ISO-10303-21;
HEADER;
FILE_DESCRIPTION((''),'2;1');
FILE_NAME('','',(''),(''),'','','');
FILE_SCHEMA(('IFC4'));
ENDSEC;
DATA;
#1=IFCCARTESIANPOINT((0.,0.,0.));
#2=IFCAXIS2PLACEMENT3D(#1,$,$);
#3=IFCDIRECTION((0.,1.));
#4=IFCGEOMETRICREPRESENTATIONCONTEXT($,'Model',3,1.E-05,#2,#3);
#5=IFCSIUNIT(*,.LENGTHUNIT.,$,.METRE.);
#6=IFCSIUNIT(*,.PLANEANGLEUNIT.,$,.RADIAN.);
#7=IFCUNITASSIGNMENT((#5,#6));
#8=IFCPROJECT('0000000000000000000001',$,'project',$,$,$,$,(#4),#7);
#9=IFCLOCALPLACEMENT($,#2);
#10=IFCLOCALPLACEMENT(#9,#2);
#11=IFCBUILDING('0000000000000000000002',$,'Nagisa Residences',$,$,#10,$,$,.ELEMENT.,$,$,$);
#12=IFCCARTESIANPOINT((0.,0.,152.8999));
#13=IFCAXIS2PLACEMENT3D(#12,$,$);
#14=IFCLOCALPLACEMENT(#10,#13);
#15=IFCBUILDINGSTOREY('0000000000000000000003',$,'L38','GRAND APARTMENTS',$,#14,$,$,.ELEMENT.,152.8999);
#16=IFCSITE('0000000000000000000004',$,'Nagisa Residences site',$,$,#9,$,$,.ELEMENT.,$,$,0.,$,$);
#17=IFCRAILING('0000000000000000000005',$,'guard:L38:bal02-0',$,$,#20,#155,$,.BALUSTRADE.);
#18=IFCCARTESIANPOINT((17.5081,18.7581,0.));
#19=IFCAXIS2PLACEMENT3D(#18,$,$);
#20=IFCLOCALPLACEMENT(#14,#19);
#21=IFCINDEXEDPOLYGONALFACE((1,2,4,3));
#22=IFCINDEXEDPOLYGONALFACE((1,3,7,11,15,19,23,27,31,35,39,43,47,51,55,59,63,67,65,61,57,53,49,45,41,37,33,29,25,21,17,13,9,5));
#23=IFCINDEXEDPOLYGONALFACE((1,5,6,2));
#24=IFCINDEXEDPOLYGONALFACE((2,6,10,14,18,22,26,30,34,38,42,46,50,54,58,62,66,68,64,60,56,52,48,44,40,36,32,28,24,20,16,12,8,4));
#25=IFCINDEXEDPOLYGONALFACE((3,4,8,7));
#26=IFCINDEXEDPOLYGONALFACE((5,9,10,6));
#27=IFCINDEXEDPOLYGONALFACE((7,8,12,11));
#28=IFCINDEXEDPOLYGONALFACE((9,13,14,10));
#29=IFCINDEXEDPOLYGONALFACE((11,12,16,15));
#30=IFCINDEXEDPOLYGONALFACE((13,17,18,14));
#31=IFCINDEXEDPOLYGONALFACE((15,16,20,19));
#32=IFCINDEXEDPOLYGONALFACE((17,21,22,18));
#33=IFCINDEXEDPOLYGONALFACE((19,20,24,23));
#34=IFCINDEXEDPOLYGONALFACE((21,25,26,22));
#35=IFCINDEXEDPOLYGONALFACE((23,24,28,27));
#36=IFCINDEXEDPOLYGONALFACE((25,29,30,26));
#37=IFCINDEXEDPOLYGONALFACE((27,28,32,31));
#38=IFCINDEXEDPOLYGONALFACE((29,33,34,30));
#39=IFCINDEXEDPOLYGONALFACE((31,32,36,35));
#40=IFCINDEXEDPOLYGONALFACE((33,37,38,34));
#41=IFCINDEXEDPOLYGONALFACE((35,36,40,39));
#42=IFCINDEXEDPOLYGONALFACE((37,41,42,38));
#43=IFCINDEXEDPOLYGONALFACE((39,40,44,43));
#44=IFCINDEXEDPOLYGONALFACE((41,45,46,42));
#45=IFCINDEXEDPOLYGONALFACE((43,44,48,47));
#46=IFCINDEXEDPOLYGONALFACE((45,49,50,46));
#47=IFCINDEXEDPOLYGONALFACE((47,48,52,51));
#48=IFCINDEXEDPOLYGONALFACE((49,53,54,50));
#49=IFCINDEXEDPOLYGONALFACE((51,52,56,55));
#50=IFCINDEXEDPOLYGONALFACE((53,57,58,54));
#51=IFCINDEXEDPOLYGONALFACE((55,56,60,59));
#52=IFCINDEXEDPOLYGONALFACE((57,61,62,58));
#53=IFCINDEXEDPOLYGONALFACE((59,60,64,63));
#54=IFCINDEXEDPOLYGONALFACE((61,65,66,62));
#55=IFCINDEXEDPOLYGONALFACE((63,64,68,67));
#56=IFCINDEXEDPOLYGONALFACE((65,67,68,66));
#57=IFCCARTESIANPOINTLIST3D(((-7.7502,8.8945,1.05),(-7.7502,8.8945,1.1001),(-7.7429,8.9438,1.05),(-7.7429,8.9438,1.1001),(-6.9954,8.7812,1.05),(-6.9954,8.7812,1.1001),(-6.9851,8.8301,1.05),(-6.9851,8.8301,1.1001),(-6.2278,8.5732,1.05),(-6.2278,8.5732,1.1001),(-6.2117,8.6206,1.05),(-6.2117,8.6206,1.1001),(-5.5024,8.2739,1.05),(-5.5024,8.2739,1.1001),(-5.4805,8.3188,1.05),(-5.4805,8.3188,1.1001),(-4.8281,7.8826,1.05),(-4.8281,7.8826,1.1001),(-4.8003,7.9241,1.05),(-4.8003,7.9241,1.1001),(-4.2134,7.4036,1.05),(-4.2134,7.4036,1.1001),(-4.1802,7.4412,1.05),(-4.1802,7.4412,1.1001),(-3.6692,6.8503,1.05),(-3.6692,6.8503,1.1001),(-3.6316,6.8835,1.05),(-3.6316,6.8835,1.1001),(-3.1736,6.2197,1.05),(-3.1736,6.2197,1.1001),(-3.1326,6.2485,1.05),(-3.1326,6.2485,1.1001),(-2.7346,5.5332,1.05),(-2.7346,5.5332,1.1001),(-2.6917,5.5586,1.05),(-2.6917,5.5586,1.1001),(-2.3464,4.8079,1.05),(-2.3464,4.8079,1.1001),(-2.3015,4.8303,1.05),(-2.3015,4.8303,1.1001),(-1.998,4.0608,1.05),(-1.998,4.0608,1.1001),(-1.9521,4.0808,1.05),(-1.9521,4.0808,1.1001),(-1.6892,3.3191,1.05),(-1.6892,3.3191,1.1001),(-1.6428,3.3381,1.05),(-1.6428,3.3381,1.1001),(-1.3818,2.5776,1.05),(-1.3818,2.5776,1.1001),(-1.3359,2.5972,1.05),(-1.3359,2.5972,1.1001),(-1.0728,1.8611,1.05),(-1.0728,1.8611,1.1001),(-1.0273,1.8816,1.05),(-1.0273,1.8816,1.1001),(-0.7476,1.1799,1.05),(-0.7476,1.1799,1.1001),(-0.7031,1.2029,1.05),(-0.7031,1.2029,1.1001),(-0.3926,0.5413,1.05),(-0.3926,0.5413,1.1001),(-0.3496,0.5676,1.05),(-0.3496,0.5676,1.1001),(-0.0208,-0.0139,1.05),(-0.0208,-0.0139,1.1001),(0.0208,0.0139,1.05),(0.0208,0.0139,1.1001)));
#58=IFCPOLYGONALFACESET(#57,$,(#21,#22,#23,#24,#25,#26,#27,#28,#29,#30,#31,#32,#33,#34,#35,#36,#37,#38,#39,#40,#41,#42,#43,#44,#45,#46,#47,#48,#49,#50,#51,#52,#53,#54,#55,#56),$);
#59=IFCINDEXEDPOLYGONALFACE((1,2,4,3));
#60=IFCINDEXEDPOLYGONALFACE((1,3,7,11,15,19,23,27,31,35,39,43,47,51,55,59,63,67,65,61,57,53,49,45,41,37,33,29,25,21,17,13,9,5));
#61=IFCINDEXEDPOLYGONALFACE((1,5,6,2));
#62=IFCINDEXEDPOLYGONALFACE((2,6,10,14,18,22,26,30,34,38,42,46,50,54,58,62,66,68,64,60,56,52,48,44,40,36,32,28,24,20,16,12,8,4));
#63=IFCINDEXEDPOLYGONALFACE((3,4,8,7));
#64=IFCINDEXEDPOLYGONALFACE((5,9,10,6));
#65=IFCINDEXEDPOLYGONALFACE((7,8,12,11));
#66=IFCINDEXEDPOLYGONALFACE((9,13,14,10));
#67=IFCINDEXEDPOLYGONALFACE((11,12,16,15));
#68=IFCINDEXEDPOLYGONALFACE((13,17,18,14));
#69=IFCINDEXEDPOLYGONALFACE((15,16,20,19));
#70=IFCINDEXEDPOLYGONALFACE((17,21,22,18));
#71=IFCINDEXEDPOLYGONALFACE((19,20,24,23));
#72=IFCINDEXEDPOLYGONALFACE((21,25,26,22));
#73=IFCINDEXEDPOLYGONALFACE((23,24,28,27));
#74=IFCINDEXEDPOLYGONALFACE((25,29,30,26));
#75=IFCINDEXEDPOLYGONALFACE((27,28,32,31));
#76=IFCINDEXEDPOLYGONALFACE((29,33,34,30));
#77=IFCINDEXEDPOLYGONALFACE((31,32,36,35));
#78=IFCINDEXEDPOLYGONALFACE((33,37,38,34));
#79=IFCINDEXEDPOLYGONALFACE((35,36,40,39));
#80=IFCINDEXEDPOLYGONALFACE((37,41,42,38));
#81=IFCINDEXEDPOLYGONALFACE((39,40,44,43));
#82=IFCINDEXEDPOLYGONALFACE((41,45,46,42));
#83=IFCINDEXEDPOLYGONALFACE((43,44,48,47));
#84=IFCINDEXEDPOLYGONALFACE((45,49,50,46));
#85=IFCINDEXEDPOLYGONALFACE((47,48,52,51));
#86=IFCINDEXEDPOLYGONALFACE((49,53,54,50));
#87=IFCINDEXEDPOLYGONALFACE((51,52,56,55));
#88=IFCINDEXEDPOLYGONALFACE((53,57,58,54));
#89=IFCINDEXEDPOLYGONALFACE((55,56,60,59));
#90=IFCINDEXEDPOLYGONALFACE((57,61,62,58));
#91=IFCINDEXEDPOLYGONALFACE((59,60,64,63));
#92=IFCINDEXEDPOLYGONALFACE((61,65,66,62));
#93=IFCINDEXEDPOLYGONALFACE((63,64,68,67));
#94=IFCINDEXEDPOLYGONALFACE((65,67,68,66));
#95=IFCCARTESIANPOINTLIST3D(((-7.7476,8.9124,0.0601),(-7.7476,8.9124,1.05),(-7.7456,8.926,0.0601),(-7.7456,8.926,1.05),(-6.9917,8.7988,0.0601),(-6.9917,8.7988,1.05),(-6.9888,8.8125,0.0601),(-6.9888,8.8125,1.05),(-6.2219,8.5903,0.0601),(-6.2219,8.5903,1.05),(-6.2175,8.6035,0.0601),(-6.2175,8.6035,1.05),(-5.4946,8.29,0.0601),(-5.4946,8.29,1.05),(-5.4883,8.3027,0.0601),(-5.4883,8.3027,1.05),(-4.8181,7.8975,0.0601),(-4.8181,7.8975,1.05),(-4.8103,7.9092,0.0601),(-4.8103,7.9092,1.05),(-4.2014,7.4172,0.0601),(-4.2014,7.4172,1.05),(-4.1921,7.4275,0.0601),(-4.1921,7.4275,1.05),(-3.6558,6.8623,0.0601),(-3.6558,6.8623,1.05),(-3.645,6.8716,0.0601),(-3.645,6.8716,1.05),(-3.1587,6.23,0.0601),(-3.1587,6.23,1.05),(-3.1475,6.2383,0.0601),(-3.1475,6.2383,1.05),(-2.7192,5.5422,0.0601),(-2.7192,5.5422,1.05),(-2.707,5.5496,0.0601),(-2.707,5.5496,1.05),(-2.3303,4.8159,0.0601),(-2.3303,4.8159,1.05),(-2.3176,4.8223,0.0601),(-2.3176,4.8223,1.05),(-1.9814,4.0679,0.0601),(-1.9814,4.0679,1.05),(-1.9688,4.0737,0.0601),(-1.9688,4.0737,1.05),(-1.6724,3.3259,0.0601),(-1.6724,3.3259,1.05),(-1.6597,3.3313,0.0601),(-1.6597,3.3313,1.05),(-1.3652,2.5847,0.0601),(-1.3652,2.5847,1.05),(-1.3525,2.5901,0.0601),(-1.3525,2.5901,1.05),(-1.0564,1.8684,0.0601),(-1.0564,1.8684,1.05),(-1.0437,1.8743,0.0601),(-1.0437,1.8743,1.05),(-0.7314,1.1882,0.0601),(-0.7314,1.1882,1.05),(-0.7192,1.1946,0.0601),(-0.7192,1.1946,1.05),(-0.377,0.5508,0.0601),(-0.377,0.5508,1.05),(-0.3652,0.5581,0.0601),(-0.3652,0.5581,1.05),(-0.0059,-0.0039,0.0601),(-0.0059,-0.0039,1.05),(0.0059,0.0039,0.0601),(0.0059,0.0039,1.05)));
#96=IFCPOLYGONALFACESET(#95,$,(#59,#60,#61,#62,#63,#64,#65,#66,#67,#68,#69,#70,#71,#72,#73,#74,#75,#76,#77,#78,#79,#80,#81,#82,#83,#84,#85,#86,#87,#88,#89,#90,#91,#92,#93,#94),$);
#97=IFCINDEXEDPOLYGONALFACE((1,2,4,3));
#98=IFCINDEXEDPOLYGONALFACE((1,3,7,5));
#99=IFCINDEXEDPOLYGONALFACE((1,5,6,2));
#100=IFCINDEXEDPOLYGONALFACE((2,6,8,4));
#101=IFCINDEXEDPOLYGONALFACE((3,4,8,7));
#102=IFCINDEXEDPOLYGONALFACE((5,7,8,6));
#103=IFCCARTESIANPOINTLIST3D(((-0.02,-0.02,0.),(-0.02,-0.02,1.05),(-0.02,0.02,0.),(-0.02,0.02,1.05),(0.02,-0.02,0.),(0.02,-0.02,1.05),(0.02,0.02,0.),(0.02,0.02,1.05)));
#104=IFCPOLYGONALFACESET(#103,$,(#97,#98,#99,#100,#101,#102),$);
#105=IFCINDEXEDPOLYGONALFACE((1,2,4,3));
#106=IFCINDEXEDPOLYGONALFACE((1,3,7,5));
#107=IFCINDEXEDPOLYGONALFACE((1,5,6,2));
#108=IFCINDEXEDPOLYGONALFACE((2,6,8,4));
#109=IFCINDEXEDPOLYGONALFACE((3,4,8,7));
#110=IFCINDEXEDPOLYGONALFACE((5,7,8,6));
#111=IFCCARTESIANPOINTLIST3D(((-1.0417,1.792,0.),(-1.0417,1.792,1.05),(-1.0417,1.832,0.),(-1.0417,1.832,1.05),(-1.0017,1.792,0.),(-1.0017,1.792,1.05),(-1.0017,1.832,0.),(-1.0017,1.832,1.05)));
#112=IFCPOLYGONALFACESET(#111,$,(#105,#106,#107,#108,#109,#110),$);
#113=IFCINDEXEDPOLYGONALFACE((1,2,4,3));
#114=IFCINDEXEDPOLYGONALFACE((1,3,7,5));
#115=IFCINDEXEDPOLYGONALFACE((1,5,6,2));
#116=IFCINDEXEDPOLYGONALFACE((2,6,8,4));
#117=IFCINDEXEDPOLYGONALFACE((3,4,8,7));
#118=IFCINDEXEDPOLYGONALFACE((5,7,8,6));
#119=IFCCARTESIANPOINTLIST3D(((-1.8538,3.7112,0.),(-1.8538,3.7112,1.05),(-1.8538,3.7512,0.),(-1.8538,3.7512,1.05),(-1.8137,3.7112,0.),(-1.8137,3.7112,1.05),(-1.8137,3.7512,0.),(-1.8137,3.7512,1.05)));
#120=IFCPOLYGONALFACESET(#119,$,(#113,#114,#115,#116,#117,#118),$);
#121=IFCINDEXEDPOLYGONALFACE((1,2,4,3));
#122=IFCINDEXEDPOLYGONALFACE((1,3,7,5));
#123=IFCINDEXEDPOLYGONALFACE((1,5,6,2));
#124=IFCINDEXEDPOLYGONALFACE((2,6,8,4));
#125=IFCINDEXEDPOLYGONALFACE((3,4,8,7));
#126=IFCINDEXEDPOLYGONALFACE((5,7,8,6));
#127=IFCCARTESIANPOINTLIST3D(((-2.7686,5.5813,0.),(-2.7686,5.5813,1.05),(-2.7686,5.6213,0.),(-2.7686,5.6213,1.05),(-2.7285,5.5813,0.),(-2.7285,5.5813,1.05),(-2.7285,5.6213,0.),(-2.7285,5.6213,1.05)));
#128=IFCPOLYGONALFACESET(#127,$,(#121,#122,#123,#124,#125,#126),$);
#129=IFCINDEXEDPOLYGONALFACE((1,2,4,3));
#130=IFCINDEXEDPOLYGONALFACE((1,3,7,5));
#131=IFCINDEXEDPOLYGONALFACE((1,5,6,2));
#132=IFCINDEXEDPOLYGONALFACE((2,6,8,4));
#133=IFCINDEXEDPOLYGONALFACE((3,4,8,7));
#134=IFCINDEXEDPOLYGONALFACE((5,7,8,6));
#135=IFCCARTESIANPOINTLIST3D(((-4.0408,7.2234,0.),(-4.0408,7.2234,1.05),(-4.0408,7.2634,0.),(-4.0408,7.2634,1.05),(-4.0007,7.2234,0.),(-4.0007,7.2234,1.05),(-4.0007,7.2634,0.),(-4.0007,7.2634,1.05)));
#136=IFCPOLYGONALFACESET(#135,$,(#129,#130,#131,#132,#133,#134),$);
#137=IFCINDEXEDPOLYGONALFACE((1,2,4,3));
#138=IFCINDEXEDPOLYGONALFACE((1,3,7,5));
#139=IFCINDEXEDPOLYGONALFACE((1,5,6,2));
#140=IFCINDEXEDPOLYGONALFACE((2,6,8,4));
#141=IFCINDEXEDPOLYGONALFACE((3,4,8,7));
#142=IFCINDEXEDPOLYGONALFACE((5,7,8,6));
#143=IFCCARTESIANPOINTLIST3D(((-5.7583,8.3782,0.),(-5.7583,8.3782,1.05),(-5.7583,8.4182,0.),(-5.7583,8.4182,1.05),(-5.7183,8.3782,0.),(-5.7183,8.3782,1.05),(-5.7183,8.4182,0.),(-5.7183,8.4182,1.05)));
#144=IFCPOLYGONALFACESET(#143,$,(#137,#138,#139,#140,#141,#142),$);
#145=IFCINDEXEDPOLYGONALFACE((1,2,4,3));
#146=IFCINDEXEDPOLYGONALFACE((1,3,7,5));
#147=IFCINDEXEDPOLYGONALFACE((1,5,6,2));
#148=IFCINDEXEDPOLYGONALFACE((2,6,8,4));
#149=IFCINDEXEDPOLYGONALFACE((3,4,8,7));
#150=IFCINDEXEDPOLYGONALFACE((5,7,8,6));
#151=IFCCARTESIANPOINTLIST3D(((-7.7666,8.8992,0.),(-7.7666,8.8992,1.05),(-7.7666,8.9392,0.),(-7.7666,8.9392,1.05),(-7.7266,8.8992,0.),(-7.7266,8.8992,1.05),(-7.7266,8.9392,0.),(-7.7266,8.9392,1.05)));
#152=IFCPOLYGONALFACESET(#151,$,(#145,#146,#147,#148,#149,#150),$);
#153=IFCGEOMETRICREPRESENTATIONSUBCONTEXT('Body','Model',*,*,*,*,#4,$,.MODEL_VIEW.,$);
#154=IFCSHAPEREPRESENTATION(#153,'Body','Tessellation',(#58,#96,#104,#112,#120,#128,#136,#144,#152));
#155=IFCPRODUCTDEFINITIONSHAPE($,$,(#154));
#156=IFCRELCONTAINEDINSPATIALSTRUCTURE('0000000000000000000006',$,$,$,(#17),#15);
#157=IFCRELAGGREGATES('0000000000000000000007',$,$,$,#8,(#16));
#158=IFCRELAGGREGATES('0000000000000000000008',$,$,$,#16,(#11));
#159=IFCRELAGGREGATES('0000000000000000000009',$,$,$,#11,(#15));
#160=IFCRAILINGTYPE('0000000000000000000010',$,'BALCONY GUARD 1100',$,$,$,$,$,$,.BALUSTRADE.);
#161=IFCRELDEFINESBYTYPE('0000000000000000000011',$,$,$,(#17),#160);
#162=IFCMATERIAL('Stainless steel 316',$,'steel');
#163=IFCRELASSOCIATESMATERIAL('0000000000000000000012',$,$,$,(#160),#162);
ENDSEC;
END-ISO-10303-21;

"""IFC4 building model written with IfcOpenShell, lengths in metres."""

from ifc_helpers import new_model, si_unit, direction, frame, origin, origin_2d, place, context, subcontext, project, spatial, polyline, rectangle, outline, extrude, material, type_object, element, save


model = new_model("IFC4")

# Units and contexts
model_context = context("Model", 3, precision=1e-05, world=origin(), true_north=direction((0.0, 1.0)))
body_context = subcontext(model_context, "Body", "Model", "MODEL_VIEW")
ifc_project = project(units=[si_unit("LENGTHUNIT", "METRE"), si_unit("PLANEANGLEUNIT", "RADIAN")], contexts=[model_context])

# Site, building, storey
site_placement = place(None, origin())
site = spatial("IfcSite", under=ifc_project, at=site_placement, Name="Nagisa Residences site", CompositionType="ELEMENT", RefElevation=0.0)
building_placement = place(site_placement, origin())
building = spatial("IfcBuilding", under=site, at=building_placement, Name="Nagisa Residences", CompositionType="ELEMENT")
storey_placement = place(building_placement, frame((0.0, 0.0, 152.8999)))
storey = spatial("IfcBuildingStorey", under=building, at=storey_placement, Name="L38", Description="GRAND APARTMENTS", CompositionType="ELEMENT", Elevation=152.8999)

# Railing
ifc_material_1 = material(Name="Stainless steel 316", Category="steel")
railing_type = type_object("IfcRailingType", Name="BALCONY GUARD 1100", PredefinedType="BALUSTRADE", material=ifc_material_1)
railing_1_placement = place(storey_placement, frame((17.5081, 18.7581, 0.0)))
element("IfcRailing", 1, at=railing_1_placement, inside=storey, type_object=railing_type, Name="guard:L38:bal02-0", PredefinedType="BALUSTRADE", context=body_context, shape_type="SweptSolid", body=[
    extrude(outline(polyline([(-0.3926, 0.5413), (-0.0208, -0.0139), (0.0208, 0.0139), (-0.3496, 0.5676), (-0.7031, 1.2029), (-1.0273, 1.8816), (-1.3359, 2.5972), (-1.6428, 3.3381), (-1.9521, 4.0808), (-2.3015, 4.8303), (-2.6917, 5.5586), (-3.1326, 6.2485), (-3.6316, 6.8835), (-4.1802, 7.4412), (-4.8003, 7.9241), (-5.4805, 8.3188), (-6.2117, 8.6206), (-6.9851, 8.8301), (-7.7429, 8.9438), (-7.7502, 8.8945), (-6.9954, 8.7812), (-6.2278, 8.5732), (-5.5024, 8.2739), (-4.8281, 7.8826), (-4.2134, 7.4036), (-3.6692, 6.8503), (-3.1736, 6.2197), (-2.7346, 5.5332), (-2.3464, 4.8079), (-1.998, 4.0608), (-1.6892, 3.3191), (-1.3818, 2.5776), (-1.0728, 1.8611), (-0.7476, 1.1799), (-0.3926, 0.5413)])), frame((0.0, 0.0, 1.05)), (0.0, 0.0, 1.0), 0.05),
    extrude(outline(polyline([(-0.377, 0.5508), (-0.0059, -0.0039), (0.0059, 0.0039), (-0.3652, 0.5581), (-0.7192, 1.1946), (-1.0437, 1.8743), (-1.3525, 2.5901), (-1.6597, 3.3313), (-1.9688, 4.0737), (-2.3176, 4.8223), (-2.707, 5.5496), (-3.1475, 6.2383), (-3.645, 6.8716), (-4.1921, 7.4275), (-4.8103, 7.9092), (-5.4883, 8.3027), (-6.2175, 8.6035), (-6.9888, 8.8125), (-7.7456, 8.926), (-7.7476, 8.9124), (-6.9917, 8.7988), (-6.2219, 8.5903), (-5.4946, 8.29), (-4.8181, 7.8975), (-4.2014, 7.4172), (-3.6558, 6.8623), (-3.1587, 6.23), (-2.7192, 5.5422), (-2.3303, 4.8159), (-1.9814, 4.0679), (-1.6724, 3.3259), (-1.3652, 2.5847), (-1.0564, 1.8684), (-0.7314, 1.1882), (-0.377, 0.5508)])), frame((0.0, 0.0, 0.0601)), (0.0, 0.0, 1.0), 0.99),
    extrude(rectangle(XDim=0.04, YDim=0.04, at=origin_2d()), origin(), (0.0, 0.0, 1.0), 1.05),
    extrude(rectangle(XDim=0.04, YDim=0.04, at=origin_2d()), frame((-1.0217, 1.812, 0.0)), (0.0, 0.0, 1.0), 1.05),
    extrude(rectangle(XDim=0.04, YDim=0.04, at=origin_2d()), frame((-1.8337, 3.7312, 0.0)), (0.0, 0.0, 1.0), 1.05),
    extrude(rectangle(XDim=0.04, YDim=0.04, at=origin_2d()), frame((-2.7485, 5.6013, 0.0)), (0.0, 0.0, 1.0), 1.05),
    extrude(rectangle(XDim=0.04, YDim=0.04, at=origin_2d()), frame((-4.0208, 7.2434, 0.0)), (0.0, 0.0, 1.0), 1.05),
    extrude(rectangle(XDim=0.04, YDim=0.04, at=origin_2d()), frame((-5.7383, 8.3982, 0.0)), (0.0, 0.0, 1.0), 1.05),
    extrude(rectangle(XDim=0.04, YDim=0.04, at=origin_2d()), frame((-7.7466, 8.9192, 0.0)), (0.0, 0.0, 1.0), 1.05),
])

save(model, "model.ifc")
